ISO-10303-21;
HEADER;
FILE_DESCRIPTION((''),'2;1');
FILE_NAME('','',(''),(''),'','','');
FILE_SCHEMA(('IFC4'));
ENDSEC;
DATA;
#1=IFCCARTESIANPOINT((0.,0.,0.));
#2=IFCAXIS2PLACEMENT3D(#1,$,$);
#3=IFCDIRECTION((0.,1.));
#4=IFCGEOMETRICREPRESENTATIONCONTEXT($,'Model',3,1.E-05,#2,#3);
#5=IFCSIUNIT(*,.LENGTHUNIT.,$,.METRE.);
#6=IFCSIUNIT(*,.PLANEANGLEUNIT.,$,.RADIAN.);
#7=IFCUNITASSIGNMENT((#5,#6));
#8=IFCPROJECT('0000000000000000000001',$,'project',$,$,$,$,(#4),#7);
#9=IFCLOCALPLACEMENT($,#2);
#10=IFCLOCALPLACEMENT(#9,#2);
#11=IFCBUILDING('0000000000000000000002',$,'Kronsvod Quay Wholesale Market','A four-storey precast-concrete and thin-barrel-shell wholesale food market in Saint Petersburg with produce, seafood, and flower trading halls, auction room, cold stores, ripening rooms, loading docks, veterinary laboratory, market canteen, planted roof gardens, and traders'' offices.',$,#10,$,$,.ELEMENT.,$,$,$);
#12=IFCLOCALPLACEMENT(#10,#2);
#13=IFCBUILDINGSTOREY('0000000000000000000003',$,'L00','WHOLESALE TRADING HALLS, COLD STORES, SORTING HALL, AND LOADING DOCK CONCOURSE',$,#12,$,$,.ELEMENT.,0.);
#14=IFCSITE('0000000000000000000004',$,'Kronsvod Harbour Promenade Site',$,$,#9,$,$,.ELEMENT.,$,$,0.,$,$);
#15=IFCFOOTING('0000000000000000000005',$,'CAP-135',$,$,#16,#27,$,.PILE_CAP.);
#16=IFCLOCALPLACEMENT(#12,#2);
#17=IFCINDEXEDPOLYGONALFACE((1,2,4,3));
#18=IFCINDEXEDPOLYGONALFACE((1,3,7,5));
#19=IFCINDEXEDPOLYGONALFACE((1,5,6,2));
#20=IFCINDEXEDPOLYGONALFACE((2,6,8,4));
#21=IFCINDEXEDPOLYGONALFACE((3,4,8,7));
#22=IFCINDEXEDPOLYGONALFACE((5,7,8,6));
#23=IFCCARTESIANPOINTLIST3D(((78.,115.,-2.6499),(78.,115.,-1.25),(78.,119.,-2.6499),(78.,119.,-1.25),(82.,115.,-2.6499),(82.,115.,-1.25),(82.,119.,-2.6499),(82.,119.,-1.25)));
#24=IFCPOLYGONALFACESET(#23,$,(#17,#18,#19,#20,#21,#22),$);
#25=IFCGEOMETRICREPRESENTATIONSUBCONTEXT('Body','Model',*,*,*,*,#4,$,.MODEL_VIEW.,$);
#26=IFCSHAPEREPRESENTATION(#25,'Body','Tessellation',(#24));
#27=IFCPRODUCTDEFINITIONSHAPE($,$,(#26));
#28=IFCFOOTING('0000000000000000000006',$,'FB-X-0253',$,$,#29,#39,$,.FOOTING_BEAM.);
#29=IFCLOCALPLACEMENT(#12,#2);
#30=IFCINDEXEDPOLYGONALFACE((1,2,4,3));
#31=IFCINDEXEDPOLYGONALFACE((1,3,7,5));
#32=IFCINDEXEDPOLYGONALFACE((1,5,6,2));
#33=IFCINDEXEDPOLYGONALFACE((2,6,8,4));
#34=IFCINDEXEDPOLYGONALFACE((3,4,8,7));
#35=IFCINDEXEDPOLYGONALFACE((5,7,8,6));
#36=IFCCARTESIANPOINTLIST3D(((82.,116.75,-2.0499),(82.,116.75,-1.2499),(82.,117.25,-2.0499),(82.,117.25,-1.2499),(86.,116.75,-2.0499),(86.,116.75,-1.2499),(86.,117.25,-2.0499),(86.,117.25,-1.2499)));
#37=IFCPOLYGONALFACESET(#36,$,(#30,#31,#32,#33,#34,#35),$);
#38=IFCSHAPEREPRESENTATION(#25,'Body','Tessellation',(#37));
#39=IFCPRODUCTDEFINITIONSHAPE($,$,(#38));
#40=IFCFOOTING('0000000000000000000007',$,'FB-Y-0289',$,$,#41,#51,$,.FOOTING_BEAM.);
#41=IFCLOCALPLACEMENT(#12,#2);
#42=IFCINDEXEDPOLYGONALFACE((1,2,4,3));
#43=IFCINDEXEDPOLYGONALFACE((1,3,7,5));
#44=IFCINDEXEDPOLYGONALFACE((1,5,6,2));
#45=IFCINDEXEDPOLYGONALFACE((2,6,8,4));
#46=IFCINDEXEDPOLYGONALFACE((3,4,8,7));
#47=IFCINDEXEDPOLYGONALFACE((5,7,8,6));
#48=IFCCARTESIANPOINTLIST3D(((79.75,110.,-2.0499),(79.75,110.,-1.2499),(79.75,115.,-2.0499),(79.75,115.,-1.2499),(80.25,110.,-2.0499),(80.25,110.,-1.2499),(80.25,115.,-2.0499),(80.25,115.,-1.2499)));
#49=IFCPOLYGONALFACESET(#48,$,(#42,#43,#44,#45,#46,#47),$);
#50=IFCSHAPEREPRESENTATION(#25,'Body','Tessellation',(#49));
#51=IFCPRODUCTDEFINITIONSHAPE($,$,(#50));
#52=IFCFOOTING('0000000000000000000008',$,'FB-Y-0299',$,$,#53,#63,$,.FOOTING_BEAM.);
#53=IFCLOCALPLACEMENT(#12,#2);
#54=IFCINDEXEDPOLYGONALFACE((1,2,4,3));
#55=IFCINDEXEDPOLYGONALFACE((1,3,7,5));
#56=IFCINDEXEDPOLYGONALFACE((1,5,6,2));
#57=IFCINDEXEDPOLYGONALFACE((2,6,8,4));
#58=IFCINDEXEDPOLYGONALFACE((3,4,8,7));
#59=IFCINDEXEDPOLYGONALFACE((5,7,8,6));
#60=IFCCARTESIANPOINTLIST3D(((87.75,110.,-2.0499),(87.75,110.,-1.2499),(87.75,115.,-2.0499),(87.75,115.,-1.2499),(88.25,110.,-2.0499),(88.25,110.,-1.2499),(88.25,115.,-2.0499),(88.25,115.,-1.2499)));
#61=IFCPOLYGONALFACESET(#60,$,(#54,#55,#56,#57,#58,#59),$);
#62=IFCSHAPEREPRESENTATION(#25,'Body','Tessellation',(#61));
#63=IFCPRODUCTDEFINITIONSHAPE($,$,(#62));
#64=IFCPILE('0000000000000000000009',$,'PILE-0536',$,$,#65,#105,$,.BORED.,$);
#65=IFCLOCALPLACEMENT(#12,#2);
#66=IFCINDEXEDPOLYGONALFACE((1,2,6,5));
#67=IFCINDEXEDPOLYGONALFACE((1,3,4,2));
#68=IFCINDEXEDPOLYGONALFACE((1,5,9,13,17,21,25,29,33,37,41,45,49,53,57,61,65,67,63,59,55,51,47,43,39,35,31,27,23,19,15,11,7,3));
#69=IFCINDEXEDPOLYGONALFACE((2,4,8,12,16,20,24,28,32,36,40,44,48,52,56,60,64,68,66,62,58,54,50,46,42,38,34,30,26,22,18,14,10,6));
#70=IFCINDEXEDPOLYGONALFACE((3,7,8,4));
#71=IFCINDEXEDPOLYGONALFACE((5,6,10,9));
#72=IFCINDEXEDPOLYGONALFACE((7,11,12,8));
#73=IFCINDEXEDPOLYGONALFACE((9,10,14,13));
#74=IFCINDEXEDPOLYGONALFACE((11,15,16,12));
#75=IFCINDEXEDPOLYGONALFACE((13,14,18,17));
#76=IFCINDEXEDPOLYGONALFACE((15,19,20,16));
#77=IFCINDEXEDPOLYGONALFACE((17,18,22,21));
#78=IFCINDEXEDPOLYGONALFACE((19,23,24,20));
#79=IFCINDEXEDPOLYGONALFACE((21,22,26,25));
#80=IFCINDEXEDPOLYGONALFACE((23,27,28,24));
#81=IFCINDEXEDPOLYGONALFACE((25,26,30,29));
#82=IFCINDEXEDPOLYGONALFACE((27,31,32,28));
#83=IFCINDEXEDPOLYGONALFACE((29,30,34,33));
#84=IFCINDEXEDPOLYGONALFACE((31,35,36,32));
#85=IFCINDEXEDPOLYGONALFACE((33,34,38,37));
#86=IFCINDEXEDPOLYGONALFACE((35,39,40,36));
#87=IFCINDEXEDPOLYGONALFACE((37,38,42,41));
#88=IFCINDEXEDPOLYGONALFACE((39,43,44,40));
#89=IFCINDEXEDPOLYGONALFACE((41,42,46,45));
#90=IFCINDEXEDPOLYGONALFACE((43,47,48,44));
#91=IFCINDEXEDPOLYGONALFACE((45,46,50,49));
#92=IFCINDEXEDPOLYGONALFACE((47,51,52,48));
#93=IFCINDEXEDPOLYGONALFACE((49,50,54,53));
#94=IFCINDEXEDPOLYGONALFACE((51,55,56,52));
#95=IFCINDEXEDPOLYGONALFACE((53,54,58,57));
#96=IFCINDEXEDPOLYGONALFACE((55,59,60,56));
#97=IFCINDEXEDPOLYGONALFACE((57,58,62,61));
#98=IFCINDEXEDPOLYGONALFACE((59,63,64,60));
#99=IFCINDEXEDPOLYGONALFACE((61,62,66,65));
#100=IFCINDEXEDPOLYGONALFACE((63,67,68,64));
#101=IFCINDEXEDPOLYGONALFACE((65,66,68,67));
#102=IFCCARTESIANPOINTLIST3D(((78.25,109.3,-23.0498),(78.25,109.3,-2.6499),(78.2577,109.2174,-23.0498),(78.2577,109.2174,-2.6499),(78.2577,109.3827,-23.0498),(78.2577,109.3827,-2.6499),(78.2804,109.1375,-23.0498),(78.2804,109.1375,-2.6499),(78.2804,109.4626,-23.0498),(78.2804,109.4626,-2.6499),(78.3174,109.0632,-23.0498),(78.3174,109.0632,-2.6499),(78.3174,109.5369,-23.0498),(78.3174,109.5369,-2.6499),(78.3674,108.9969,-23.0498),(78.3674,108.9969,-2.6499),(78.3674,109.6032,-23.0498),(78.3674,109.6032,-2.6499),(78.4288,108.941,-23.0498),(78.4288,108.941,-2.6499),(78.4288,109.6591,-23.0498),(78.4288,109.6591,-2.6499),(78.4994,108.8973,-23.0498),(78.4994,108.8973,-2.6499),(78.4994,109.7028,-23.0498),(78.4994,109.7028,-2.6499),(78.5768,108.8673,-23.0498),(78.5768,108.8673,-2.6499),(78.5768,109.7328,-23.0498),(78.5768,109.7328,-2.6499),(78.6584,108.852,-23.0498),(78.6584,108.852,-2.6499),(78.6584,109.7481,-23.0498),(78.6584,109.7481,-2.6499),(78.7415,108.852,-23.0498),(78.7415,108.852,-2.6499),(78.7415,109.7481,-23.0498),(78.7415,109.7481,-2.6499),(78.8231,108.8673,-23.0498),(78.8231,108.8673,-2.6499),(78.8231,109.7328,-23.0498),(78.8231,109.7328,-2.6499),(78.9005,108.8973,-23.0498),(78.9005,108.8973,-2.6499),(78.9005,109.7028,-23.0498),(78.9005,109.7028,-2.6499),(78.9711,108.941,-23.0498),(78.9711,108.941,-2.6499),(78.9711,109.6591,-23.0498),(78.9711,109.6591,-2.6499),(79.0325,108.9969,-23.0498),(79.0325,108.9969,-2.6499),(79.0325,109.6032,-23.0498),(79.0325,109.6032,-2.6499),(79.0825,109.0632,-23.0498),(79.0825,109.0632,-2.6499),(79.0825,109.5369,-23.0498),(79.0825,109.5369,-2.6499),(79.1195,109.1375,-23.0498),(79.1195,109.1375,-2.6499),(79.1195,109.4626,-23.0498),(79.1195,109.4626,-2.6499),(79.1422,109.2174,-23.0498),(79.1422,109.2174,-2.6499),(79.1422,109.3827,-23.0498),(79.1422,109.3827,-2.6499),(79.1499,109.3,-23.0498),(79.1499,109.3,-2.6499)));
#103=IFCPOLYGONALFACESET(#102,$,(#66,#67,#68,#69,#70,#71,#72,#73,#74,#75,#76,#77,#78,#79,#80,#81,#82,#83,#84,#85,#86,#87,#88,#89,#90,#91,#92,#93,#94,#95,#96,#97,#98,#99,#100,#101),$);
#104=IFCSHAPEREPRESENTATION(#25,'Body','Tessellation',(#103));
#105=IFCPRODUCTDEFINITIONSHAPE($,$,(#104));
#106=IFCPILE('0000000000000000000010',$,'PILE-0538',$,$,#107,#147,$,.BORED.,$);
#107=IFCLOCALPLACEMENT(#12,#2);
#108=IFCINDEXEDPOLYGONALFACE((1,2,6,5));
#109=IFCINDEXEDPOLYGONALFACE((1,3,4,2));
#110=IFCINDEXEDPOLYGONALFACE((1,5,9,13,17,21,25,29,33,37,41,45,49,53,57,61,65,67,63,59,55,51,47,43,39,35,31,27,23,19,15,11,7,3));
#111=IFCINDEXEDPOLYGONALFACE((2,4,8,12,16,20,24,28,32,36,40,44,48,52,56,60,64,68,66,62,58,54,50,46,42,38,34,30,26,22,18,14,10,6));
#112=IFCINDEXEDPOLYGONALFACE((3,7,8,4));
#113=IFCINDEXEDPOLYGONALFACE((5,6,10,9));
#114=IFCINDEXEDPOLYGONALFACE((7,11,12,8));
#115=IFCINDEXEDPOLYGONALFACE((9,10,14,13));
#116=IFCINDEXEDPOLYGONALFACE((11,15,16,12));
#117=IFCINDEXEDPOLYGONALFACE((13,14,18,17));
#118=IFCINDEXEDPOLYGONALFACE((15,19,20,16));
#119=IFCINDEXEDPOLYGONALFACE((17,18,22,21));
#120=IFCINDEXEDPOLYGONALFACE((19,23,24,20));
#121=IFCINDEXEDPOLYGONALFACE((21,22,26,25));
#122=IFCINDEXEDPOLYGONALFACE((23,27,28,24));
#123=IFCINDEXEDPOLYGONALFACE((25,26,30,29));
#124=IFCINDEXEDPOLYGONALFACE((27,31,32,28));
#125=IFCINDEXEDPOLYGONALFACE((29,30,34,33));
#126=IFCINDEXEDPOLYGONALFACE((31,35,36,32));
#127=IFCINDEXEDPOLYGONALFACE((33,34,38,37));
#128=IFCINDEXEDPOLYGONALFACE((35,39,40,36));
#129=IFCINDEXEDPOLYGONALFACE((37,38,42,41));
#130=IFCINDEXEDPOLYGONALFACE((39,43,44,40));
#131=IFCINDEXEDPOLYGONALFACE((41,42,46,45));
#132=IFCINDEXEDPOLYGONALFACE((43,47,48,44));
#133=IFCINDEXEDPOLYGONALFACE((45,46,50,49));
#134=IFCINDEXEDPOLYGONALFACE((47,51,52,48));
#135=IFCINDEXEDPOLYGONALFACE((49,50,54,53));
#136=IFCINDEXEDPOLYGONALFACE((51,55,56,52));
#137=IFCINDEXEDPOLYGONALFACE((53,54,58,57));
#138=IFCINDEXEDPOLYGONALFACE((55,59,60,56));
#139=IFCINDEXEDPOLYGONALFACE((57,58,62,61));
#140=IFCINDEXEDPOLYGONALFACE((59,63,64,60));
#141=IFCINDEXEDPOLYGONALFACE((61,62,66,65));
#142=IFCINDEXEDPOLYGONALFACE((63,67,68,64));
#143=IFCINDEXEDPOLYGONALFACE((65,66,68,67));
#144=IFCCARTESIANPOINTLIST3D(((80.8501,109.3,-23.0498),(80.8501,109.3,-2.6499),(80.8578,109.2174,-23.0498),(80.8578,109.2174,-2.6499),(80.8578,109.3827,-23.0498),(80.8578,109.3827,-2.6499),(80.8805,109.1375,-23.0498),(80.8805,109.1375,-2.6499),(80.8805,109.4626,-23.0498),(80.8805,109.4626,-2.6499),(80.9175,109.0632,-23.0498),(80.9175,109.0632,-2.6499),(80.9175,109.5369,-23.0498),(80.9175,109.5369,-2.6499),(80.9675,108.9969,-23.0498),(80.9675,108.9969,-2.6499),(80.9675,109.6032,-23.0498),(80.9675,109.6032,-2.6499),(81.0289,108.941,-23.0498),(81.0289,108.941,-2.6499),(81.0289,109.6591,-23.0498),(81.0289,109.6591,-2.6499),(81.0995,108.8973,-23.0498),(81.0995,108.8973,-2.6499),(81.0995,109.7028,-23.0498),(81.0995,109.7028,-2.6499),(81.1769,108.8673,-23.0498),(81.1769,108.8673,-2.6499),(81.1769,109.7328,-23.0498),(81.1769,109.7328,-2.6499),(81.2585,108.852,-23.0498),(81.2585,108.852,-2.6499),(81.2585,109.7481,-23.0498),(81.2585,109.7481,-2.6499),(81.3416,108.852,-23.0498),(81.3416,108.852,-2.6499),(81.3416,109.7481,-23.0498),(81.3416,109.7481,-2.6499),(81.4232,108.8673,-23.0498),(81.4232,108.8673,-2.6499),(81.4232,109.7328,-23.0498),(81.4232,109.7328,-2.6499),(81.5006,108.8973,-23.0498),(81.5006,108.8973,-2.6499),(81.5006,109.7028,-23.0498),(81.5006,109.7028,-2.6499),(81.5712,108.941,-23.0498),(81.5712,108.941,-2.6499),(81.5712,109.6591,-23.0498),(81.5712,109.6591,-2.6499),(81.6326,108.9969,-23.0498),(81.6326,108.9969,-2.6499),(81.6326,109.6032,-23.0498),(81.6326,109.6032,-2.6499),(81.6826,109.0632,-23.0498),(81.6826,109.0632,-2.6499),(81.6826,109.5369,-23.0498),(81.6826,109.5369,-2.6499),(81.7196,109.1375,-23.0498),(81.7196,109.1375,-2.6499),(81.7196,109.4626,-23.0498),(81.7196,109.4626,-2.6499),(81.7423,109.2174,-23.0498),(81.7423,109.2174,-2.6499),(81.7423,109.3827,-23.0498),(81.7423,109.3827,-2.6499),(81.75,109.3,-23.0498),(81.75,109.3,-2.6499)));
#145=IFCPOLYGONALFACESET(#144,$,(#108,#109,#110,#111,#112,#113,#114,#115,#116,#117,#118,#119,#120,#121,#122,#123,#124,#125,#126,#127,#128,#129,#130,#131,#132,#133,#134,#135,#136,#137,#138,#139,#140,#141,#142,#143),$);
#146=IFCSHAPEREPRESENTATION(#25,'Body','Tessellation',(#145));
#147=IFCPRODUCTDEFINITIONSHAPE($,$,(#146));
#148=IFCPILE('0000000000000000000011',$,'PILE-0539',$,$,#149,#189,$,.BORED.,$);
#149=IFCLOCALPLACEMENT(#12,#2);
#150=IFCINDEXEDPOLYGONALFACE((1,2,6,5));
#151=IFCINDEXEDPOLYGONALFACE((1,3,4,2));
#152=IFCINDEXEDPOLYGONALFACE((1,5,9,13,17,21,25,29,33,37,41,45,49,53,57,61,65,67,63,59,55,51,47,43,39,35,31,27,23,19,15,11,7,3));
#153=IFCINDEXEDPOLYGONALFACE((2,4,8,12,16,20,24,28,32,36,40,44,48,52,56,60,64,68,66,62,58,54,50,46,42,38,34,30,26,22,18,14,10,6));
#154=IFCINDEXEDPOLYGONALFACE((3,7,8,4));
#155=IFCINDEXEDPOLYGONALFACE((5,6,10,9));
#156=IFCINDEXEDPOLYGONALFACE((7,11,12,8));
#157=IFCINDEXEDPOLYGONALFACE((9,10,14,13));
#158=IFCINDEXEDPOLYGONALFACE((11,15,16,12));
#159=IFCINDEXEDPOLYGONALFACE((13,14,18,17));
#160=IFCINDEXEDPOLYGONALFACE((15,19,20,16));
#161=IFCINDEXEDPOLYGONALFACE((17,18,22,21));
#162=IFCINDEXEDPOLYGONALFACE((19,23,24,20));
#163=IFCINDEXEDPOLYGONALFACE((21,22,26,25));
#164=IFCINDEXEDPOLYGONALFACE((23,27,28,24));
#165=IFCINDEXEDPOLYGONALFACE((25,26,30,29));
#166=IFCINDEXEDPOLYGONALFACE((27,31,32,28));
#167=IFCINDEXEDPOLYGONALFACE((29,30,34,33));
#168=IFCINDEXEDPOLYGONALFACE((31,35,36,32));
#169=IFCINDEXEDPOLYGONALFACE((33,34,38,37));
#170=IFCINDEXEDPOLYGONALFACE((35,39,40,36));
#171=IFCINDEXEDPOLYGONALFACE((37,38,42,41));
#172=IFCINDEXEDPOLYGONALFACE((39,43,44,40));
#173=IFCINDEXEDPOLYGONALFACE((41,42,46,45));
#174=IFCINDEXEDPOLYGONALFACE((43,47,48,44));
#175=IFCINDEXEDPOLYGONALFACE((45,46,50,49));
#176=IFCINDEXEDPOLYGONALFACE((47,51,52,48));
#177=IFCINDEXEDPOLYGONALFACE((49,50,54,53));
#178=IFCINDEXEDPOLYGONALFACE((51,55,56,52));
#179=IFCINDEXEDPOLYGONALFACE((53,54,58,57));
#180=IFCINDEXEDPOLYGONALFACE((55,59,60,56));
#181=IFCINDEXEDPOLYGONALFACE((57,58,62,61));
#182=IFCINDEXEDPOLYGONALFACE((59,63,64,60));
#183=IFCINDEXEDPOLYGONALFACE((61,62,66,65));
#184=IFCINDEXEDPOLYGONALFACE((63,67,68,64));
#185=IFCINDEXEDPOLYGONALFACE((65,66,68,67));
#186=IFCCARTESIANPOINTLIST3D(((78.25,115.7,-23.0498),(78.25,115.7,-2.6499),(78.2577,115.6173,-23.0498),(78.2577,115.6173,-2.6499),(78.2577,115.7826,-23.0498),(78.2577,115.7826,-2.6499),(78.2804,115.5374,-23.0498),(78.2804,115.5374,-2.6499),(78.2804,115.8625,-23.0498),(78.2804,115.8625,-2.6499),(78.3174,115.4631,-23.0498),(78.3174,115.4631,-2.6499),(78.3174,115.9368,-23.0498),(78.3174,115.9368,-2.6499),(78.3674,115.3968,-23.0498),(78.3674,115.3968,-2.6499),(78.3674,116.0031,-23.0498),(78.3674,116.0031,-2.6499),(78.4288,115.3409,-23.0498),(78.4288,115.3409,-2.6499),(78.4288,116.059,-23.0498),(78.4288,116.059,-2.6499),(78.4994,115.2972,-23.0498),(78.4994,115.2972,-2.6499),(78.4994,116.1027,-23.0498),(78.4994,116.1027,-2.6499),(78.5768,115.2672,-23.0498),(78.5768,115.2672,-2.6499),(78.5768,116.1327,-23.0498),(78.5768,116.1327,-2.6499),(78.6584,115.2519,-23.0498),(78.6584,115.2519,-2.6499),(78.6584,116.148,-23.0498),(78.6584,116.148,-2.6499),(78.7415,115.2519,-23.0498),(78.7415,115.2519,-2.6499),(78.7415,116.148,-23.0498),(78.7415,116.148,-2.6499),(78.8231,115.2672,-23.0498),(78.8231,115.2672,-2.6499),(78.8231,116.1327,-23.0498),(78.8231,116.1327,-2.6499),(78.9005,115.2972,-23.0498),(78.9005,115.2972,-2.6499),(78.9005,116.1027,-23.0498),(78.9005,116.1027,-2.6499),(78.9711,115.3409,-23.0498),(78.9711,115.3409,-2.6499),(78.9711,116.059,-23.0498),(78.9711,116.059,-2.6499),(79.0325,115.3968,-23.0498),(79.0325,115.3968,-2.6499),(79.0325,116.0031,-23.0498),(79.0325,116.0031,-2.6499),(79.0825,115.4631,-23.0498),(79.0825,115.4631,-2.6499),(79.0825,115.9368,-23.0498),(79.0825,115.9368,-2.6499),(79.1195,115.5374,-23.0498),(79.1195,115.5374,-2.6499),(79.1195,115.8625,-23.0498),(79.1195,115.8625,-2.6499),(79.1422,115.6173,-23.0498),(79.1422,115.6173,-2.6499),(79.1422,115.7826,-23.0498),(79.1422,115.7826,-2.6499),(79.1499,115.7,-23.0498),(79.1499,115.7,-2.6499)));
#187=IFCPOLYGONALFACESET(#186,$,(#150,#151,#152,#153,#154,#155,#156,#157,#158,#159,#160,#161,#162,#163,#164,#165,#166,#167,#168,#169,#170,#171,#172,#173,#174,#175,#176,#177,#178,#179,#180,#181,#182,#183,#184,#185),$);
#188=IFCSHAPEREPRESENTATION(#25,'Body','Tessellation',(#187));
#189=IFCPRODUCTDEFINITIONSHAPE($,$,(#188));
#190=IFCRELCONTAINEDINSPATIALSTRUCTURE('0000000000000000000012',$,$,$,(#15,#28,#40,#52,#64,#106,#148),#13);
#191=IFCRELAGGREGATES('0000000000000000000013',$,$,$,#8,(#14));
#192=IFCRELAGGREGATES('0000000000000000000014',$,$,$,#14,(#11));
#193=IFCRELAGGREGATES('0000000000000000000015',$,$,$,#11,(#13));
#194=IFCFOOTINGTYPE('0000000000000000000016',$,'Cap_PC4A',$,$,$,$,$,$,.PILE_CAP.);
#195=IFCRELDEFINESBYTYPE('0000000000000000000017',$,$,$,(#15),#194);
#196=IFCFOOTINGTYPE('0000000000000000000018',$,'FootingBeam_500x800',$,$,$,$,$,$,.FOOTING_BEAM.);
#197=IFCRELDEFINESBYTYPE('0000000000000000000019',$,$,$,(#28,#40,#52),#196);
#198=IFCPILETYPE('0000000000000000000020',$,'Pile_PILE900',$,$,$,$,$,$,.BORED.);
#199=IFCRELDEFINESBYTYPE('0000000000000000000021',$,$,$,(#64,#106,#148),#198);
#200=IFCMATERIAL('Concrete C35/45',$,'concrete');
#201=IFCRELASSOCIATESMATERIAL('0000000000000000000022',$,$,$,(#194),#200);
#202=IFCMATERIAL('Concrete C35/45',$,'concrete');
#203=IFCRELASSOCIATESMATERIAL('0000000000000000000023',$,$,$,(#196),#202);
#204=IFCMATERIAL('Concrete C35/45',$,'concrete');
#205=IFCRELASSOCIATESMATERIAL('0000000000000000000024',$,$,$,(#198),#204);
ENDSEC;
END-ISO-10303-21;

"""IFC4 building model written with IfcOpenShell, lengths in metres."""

from ifc_helpers import new_model, si_unit, direction, frame, origin, origin_2d, place, context, subcontext, project, spatial, rectangle, circle, extrude, material, material_profile, profile_set, type_object, element, save


model = new_model("IFC4")

# Units and contexts
model_context = context("Model", 3, precision=1e-05, world=origin(), true_north=direction((0.0, 1.0)))
body_context = subcontext(model_context, "Body", "Model", "MODEL_VIEW")
ifc_project = project(units=[si_unit("LENGTHUNIT", "METRE"), si_unit("PLANEANGLEUNIT", "RADIAN")], contexts=[model_context])

# Site, building, storey
site_placement = place(None, origin())
site = spatial("IfcSite", under=ifc_project, at=site_placement, Name="Kronsvod Harbour Promenade Site", CompositionType="ELEMENT", RefElevation=0.0)
building_placement = place(site_placement, origin())
building = spatial("IfcBuilding", under=site, at=building_placement, Name="Kronsvod Quay Wholesale Market", Description="A four-storey precast-concrete and thin-barrel-shell wholesale food market in Saint Petersburg with produce, seafood, and flower trading halls, auction room, cold stores, ripening rooms, loading docks, veterinary laboratory, market canteen, planted roof gardens, and traders' offices.", CompositionType="ELEMENT")
storey_placement = place(building_placement, origin())
storey = spatial("IfcBuildingStorey", under=building, at=storey_placement, Name="L00", Description="WHOLESALE TRADING HALLS, COLD STORES, SORTING HALL, AND LOADING DOCK CONCOURSE", CompositionType="ELEMENT", Elevation=0.0)

# Footings
ifc_material_1 = material(Name="Concrete C35/45", Category="concrete")
footing_type_1 = type_object("IfcFootingType", Name="Cap_PC4A", PredefinedType="PILE_CAP", material=ifc_material_1)
footing_1_placement = place(storey_placement, frame((80.0, 117.0, -2.6499), z_axis=(0.0, 0.0, 1.0), x_axis=(1.0, 0.0, 0.0)))
element("IfcFooting", 1, at=footing_1_placement, inside=storey, type_object=footing_type_1, Name="CAP-135", PredefinedType="PILE_CAP", context=body_context, shape_type="SweptSolid", body=[
    extrude(rectangle(XDim=4.0, YDim=4.0, at=origin_2d()), origin(), (0.0, 0.0, 1.0), 1.3999),
])
ifc_material_2 = material(Name="Concrete C35/45", Category="concrete")
ifc_material_profile_1 = material_profile(ifc_material_2, rectangle(XDim=0.5, YDim=0.8, at=origin_2d()), Name="FB-01")
ifc_profile_set_1 = profile_set([ifc_material_profile_1], Name="Concrete C35/45")
footing_type_2 = type_object("IfcFootingType", Name="FootingBeam_500x800", PredefinedType="FOOTING_BEAM", material=ifc_profile_set_1)
footing_2_placement = place(storey_placement, frame((82.0, 117.0, -1.6499), z_axis=(1.0, 0.0, 0.0), x_axis=(0.0, 1.0, 0.0)))
element("IfcFooting", 2, at=footing_2_placement, inside=storey, type_object=footing_type_2, Name="FB-X-0253", PredefinedType="FOOTING_BEAM", context=body_context, shape_type="SweptSolid", body=[
    extrude(rectangle(XDim=0.5, YDim=0.8, at=origin_2d()), origin(), (0.0, 0.0, 1.0), 4.0),
])
for number, where, z_axis, x_axis, name in (
    (3, (80.0, 110.0, -1.6499), (0.0, 1.0, 0.0), (-1.0, 0.0, 0.0), "FB-Y-0289"),
    (4, (88.0, 110.0, -1.6499), (0.0, 1.0, 0.0), (-1.0, 0.0, 0.0), "FB-Y-0299"),
):
    element("IfcFooting", number, at=place(storey_placement, frame(where, z_axis=z_axis, x_axis=x_axis)), inside=storey, type_object=footing_type_2, Name=name, PredefinedType="FOOTING_BEAM", context=body_context, shape_type="SweptSolid", body=[
        extrude(rectangle(XDim=0.5, YDim=0.8, at=origin_2d()), origin(), (0.0, 0.0, 1.0), 5.0),
    ])

# Piles
ifc_material_3 = material(Name="Concrete C35/45", Category="concrete")
ifc_material_profile_2 = material_profile(ifc_material_3, circle(Radius=0.45, at=origin_2d()), Name="PILE900")
ifc_profile_set_2 = profile_set([ifc_material_profile_2], Name="Concrete C35/45")
pile_type = type_object("IfcPileType", Name="Pile_PILE900", PredefinedType="BORED", material=ifc_profile_set_2)
for number, where, z_axis, x_axis, name in (
    (5, (78.7, 109.3, -2.6499), (0.0, 0.0, -1.0), (1.0, 0.0, 0.0), "PILE-0536"),
    (6, (81.3, 109.3, -2.6499), (0.0, 0.0, -1.0), (1.0, 0.0, 0.0), "PILE-0538"),
    (7, (78.7, 115.7, -2.6499), (0.0, 0.0, -1.0), (1.0, 0.0, 0.0), "PILE-0539"),
):
    element("IfcPile", number, at=place(storey_placement, frame(where, z_axis=z_axis, x_axis=x_axis)), inside=storey, type_object=pile_type, Name=name, PredefinedType="BORED", context=body_context, shape_type="SweptSolid", body=[
        extrude(circle(Radius=0.45, at=origin_2d()), origin(), (0.0, 0.0, 1.0), 20.3999),
    ])

save(model, "model.ifc")
